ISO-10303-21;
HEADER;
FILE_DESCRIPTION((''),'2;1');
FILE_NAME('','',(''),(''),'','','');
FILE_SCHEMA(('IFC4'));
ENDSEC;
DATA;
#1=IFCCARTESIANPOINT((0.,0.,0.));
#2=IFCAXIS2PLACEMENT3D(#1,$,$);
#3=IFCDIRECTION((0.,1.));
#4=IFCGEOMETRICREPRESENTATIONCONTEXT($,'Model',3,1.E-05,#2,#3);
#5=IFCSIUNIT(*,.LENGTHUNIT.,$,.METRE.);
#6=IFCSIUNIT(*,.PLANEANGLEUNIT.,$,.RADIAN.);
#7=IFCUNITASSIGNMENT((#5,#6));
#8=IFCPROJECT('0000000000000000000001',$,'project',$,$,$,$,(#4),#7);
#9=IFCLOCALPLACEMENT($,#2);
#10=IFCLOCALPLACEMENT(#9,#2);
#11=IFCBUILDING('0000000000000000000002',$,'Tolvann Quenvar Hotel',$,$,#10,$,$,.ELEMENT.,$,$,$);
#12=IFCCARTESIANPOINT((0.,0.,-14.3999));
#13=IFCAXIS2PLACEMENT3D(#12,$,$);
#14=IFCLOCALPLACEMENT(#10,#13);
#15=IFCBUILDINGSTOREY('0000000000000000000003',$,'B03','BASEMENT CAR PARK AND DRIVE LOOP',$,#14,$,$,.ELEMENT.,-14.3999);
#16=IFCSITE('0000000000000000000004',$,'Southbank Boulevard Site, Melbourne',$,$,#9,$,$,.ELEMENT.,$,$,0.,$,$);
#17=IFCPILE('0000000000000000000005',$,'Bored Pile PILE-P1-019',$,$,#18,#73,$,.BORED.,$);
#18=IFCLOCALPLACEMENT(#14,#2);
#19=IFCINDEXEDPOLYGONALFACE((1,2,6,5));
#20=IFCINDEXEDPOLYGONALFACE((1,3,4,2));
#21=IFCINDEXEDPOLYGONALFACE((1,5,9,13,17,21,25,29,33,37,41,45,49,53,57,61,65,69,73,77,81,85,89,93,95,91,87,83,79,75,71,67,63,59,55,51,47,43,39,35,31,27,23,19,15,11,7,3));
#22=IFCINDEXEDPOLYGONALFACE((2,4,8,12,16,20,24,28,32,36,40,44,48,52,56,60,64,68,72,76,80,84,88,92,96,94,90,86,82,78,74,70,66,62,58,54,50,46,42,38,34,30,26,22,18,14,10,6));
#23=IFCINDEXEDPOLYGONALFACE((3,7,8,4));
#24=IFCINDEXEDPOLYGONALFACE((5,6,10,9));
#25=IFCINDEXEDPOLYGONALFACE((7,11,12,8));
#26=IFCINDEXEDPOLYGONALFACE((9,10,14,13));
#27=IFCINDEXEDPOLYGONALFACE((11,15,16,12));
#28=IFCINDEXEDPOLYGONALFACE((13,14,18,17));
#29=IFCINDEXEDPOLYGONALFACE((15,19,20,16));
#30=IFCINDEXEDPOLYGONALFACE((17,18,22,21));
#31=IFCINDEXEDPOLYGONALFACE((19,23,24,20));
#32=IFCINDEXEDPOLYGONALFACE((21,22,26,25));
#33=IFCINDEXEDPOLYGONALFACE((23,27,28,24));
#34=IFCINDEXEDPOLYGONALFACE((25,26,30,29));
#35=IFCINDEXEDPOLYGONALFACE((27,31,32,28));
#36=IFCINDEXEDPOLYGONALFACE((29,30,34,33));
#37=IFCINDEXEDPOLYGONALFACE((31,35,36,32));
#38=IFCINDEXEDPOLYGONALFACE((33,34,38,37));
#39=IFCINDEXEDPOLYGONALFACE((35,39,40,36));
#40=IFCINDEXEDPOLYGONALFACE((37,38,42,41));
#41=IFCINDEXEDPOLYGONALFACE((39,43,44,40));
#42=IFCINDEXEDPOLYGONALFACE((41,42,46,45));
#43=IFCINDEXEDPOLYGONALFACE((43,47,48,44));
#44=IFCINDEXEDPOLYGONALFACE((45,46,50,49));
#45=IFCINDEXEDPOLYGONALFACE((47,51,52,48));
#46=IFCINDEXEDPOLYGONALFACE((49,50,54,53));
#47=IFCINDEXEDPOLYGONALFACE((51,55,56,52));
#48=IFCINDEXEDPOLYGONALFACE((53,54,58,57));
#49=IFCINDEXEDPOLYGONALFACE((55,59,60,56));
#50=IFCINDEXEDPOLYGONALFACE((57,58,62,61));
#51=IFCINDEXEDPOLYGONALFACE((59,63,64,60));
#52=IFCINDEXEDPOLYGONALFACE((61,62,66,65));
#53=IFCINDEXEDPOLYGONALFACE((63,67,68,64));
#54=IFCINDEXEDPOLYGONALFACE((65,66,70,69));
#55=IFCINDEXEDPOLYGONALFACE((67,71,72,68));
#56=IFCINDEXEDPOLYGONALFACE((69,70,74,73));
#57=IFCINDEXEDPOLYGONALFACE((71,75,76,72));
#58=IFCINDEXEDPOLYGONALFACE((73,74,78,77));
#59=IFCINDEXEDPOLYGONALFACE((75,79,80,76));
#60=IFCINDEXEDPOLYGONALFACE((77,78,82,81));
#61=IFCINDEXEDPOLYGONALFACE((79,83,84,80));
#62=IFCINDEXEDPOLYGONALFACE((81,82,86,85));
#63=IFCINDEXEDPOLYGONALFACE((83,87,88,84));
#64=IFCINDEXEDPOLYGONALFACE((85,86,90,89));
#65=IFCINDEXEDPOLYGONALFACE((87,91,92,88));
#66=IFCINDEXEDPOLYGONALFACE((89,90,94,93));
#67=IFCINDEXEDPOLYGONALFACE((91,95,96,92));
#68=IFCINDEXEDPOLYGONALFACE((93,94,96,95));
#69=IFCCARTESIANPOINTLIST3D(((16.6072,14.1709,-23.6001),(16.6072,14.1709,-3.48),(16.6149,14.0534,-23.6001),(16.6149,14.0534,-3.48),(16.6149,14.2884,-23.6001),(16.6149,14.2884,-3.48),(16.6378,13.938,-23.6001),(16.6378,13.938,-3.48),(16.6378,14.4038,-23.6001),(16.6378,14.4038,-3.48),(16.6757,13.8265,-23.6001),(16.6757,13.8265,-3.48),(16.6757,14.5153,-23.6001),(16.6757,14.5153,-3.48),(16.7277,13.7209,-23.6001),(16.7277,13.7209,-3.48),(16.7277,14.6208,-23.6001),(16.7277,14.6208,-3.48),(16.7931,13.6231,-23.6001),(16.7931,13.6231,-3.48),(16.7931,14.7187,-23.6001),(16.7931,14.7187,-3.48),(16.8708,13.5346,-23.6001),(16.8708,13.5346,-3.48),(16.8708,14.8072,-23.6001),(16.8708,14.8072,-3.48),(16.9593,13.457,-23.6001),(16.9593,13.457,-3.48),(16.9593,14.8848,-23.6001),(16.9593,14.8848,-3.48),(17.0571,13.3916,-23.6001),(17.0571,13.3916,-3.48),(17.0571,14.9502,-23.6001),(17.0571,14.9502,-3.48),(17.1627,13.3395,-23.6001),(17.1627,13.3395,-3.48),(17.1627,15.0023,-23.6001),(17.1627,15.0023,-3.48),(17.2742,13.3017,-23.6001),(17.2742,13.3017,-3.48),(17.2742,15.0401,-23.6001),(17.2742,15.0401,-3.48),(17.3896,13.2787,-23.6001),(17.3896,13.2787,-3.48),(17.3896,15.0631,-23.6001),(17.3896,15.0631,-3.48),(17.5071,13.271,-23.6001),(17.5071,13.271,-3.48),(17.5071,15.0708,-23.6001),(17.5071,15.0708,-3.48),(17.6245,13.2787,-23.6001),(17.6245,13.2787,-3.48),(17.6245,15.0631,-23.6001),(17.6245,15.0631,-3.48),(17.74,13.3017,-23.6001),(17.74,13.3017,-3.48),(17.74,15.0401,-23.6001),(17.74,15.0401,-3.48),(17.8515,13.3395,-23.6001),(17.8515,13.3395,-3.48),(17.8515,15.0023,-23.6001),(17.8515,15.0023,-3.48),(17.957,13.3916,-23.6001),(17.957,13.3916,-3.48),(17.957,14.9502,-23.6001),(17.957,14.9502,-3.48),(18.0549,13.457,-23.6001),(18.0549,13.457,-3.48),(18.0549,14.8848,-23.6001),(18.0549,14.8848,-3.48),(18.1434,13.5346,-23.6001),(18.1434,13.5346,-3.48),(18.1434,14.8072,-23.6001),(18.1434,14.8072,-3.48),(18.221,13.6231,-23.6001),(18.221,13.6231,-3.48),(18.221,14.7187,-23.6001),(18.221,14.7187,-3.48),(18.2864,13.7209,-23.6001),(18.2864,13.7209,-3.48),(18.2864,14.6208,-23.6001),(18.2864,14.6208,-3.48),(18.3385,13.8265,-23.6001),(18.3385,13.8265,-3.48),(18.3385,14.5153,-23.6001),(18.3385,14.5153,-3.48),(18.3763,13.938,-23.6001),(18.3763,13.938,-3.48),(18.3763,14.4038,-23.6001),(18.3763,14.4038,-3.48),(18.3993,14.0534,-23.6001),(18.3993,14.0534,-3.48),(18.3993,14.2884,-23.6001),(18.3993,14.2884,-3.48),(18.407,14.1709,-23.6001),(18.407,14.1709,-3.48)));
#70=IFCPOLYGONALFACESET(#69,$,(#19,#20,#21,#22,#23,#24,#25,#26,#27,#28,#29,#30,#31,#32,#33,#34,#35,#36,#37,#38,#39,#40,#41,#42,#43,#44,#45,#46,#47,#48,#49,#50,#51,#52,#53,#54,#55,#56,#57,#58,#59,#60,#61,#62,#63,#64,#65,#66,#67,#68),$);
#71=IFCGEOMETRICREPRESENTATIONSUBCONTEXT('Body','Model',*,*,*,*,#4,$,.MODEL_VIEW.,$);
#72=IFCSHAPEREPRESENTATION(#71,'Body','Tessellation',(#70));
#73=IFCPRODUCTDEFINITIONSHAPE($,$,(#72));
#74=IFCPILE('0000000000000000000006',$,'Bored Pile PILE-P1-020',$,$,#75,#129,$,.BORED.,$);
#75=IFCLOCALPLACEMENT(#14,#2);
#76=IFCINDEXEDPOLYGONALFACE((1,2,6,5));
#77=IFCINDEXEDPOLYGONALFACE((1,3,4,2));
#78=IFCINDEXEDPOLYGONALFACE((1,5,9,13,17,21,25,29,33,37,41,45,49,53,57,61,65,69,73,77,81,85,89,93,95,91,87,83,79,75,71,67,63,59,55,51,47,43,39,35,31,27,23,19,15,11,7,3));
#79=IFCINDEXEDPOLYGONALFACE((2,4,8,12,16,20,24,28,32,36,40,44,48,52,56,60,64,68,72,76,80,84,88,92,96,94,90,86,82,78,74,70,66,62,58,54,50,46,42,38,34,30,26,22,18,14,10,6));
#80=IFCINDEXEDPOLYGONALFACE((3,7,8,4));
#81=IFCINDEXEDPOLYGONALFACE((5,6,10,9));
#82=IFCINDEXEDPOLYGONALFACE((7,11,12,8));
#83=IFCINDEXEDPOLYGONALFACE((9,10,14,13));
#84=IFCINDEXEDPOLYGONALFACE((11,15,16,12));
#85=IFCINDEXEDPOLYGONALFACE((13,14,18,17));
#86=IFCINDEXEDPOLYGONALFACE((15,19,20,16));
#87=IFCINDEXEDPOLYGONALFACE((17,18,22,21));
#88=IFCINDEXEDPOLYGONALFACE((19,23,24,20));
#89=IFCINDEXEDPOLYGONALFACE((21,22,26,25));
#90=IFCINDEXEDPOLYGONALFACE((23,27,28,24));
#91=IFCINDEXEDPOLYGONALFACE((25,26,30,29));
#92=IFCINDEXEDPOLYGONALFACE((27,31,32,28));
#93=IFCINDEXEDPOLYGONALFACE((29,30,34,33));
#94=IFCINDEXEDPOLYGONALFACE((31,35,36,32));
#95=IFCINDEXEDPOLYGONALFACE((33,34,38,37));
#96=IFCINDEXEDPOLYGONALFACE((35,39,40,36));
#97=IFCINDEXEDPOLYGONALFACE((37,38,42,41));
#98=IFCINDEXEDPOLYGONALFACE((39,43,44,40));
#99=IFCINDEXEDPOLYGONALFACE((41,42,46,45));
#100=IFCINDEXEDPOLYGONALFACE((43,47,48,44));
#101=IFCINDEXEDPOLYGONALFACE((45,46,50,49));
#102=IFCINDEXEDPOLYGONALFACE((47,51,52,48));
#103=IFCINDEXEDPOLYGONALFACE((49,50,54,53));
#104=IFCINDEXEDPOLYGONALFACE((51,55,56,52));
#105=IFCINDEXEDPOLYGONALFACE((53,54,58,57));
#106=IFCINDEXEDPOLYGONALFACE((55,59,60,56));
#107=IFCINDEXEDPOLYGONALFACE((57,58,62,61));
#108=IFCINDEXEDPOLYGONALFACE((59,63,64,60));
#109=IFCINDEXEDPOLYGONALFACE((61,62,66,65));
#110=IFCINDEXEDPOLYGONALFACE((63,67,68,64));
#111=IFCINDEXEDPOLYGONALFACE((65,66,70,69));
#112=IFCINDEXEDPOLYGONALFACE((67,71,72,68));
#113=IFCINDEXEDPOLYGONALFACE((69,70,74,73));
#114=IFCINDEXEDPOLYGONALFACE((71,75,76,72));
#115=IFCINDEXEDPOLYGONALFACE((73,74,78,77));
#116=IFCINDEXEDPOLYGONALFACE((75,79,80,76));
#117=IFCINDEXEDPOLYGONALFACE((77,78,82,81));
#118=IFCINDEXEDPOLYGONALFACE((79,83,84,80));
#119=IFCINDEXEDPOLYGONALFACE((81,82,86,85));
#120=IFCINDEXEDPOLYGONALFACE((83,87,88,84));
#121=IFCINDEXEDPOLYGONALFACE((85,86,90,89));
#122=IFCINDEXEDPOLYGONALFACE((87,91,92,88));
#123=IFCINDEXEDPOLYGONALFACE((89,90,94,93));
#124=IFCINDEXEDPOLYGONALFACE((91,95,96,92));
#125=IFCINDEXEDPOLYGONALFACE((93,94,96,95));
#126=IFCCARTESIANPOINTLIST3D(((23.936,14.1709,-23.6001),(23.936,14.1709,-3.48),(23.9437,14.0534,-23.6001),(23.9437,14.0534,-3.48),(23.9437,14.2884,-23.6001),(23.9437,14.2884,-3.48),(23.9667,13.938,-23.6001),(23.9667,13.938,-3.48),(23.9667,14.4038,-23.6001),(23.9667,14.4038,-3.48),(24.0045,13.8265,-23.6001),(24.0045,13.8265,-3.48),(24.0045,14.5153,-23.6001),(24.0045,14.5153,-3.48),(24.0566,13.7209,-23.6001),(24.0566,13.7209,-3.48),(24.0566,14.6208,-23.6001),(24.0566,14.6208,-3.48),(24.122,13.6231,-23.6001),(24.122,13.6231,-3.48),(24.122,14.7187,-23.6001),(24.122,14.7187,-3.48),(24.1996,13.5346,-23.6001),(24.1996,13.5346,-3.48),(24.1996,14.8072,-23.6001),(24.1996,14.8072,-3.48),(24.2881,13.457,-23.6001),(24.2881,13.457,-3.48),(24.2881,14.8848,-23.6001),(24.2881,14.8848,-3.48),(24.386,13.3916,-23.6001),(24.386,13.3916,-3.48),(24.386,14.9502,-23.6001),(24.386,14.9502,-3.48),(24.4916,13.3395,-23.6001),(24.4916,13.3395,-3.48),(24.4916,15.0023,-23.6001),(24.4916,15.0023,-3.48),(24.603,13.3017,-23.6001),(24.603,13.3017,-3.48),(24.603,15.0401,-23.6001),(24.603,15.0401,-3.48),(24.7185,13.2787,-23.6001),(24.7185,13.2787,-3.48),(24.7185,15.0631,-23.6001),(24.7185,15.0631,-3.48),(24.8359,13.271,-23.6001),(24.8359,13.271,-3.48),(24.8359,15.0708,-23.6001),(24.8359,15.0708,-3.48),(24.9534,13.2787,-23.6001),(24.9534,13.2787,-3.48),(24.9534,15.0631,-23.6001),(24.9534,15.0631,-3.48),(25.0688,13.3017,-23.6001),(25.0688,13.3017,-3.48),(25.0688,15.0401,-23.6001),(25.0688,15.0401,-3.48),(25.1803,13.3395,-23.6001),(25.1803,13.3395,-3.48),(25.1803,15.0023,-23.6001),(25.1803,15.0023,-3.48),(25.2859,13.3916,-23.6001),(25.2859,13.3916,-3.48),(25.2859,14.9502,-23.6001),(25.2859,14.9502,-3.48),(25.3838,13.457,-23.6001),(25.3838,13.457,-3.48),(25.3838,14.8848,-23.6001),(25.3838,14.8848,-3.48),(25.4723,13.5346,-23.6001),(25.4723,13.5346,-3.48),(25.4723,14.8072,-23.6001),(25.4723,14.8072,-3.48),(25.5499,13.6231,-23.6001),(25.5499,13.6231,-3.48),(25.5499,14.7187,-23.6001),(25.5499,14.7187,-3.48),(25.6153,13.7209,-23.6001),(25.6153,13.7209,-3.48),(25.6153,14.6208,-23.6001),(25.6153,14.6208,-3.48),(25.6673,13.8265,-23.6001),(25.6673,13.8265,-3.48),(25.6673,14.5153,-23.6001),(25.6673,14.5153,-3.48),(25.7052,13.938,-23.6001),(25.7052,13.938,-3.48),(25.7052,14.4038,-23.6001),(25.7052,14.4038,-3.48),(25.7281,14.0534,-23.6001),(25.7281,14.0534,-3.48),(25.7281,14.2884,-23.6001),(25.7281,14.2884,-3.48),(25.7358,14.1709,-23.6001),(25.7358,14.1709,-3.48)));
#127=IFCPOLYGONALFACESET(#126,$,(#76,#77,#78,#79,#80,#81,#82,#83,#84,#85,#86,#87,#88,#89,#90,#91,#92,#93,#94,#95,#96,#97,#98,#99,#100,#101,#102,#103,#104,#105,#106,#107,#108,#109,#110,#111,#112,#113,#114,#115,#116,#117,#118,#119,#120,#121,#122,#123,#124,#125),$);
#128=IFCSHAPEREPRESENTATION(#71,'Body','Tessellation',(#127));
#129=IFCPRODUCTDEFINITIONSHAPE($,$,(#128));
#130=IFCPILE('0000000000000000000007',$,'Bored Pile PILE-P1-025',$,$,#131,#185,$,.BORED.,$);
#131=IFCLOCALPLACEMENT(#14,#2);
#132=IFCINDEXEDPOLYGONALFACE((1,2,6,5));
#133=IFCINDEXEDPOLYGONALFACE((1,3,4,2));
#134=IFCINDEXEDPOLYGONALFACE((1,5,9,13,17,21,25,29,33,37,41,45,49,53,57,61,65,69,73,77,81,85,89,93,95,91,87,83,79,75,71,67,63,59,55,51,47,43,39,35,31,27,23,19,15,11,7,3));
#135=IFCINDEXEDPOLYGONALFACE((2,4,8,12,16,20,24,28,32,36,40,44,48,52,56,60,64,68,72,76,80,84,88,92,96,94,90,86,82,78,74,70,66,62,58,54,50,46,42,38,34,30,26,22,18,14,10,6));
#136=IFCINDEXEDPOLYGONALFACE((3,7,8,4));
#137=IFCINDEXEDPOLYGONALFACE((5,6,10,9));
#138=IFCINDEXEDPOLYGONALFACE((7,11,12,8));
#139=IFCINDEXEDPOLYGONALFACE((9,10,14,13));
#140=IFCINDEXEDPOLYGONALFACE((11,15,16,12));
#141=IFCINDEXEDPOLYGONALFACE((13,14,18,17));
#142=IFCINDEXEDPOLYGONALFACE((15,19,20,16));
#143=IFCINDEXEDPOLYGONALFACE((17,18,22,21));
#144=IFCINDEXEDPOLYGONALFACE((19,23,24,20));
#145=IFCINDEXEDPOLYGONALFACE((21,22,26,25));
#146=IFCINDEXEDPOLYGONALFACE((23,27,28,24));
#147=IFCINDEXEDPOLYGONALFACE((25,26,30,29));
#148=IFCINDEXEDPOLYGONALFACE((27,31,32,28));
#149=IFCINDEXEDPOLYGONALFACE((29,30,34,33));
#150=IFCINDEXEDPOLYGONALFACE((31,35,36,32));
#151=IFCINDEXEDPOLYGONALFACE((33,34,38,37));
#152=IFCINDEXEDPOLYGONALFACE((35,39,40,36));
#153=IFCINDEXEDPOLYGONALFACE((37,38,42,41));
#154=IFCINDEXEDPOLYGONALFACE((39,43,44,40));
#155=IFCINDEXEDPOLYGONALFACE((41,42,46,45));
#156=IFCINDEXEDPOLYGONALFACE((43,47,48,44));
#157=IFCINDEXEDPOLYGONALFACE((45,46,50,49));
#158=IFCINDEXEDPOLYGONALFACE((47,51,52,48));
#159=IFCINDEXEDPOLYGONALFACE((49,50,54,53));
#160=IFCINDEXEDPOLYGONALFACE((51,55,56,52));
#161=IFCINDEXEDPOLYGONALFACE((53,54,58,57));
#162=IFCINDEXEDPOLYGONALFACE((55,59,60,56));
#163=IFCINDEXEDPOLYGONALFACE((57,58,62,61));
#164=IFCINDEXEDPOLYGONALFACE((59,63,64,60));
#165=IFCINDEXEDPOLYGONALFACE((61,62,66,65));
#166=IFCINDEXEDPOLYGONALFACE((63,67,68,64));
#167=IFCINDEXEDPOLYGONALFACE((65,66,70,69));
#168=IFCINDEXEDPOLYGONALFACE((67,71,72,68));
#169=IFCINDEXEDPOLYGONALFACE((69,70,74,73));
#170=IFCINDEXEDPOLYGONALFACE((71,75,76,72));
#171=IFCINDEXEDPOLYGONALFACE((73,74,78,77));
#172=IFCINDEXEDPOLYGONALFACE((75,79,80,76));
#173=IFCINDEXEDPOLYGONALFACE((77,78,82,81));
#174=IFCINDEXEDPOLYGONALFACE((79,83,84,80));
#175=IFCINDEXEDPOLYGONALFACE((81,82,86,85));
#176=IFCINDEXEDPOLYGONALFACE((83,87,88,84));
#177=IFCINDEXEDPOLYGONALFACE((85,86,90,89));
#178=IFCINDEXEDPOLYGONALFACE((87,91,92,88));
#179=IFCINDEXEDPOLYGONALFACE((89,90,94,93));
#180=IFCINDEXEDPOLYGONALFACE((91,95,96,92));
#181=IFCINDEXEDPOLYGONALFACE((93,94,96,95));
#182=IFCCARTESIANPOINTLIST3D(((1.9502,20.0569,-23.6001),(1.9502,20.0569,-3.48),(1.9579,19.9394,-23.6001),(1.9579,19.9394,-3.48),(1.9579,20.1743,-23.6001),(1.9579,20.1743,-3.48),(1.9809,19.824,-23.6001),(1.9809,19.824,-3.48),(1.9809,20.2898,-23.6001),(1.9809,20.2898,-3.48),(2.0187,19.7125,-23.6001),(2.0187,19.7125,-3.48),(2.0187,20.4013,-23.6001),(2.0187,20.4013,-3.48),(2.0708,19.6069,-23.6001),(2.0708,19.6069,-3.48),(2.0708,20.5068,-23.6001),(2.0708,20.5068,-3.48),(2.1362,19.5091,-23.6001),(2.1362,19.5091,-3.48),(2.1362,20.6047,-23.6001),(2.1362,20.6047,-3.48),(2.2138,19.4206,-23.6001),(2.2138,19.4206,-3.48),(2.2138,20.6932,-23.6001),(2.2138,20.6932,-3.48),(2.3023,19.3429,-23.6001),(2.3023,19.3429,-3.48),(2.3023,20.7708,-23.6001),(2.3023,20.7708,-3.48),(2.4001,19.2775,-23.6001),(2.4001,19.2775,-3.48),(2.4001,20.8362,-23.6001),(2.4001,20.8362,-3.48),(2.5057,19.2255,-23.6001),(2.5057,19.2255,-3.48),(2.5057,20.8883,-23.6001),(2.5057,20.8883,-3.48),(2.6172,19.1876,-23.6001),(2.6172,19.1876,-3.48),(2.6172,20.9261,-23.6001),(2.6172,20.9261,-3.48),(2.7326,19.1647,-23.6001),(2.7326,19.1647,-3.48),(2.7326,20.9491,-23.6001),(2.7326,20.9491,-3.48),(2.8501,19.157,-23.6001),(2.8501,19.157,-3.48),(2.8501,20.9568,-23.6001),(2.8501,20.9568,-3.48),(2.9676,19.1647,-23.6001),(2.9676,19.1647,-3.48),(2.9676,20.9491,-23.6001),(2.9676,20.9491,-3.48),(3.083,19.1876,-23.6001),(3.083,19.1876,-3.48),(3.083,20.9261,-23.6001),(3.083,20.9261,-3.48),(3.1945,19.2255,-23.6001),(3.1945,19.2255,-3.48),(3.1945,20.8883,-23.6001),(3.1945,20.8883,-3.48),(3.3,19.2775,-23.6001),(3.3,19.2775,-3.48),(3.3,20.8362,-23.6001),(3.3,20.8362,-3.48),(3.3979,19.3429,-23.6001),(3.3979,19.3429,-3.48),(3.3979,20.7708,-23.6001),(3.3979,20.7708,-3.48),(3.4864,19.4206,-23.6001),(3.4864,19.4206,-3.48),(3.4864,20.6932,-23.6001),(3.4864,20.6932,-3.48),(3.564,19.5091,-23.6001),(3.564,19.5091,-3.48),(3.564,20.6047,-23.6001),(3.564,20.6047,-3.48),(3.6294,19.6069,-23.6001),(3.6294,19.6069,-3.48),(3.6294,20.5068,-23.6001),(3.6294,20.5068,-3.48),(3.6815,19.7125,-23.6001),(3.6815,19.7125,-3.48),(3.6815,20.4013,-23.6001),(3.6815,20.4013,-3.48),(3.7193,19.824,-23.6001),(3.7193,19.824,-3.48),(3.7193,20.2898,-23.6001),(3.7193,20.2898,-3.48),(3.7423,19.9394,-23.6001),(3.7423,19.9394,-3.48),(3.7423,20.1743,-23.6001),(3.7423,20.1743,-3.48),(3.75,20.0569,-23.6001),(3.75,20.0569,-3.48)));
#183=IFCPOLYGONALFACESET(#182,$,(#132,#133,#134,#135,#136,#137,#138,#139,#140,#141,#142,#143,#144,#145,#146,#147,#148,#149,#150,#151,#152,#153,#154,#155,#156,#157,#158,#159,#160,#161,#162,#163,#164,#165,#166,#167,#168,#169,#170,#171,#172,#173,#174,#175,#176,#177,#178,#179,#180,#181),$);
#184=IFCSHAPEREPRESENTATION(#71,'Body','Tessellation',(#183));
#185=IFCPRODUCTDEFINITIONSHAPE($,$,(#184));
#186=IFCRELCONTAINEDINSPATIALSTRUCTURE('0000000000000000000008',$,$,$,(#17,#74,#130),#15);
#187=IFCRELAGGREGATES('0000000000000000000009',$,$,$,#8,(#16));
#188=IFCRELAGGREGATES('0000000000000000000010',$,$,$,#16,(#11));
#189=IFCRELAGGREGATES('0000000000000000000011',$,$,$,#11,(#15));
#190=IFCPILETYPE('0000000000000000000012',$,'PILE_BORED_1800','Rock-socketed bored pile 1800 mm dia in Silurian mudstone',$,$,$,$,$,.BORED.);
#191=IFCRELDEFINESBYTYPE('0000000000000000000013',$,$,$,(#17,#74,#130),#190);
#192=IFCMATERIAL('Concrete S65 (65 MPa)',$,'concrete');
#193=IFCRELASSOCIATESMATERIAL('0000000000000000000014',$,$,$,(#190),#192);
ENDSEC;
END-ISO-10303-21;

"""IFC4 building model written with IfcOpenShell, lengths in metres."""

from ifc_helpers import new_model, si_unit, direction, frame, origin, origin_2d, place, context, subcontext, project, spatial, circle, extrude, material, material_profile, profile_set, type_object, element, save


model = new_model("IFC4")

# Units and contexts
model_context = context("Model", 3, precision=1e-05, world=origin(), true_north=direction((0.0, 1.0)))
body_context = subcontext(model_context, "Body", "Model", "MODEL_VIEW")
ifc_project = project(units=[si_unit("LENGTHUNIT", "METRE"), si_unit("PLANEANGLEUNIT", "RADIAN")], contexts=[model_context])

# Site, building, storey
site_placement = place(None, origin())
site = spatial("IfcSite", under=ifc_project, at=site_placement, Name="Southbank Boulevard Site, Melbourne", CompositionType="ELEMENT", RefElevation=0.0)
building_placement = place(site_placement, origin())
building = spatial("IfcBuilding", under=site, at=building_placement, Name="Tolvann Quenvar Hotel", CompositionType="ELEMENT")
storey_placement = place(building_placement, frame((0.0, 0.0, -14.3999)))
storey = spatial("IfcBuildingStorey", under=building, at=storey_placement, Name="B03", Description="BASEMENT CAR PARK AND DRIVE LOOP", CompositionType="ELEMENT", Elevation=-14.3999)

# Piles
ifc_material_1 = material(Name="Concrete S65 (65 MPa)", Category="concrete")
ifc_material_profile_1 = material_profile(ifc_material_1, circle(Radius=0.8999, at=origin_2d()), Name="PILE1800")
ifc_profile_set_1 = profile_set([ifc_material_profile_1], Name="Concrete S65 (65 MPa)")
pile_type = type_object("IfcPileType", Name="PILE_BORED_1800", Description="Rock-socketed bored pile 1800 mm dia in Silurian mudstone", PredefinedType="BORED", material=ifc_profile_set_1)
for number, where, z_axis, x_axis, name in (
    (1, (17.5071, 14.1709, -3.48), (0.0, 0.0, -1.0), (1.0, 0.0, 0.0), "Bored Pile PILE-P1-019"),
    (2, (24.8359, 14.1709, -3.48), (0.0, 0.0, -1.0), (1.0, 0.0, 0.0), "Bored Pile PILE-P1-020"),
    (3, (2.8501, 20.0569, -3.48), (0.0, 0.0, -1.0), (1.0, 0.0, 0.0), "Bored Pile PILE-P1-025"),
):
    element("IfcPile", number, at=place(storey_placement, frame(where, z_axis=z_axis, x_axis=x_axis)), inside=storey, type_object=pile_type, Name=name, PredefinedType="BORED", context=body_context, shape_type="SweptSolid", body=[
        extrude(circle(Radius=0.8999, at=origin_2d()), origin(), (0.0, 0.0, 1.0), 20.1201),
    ])

save(model, "model.ifc")
